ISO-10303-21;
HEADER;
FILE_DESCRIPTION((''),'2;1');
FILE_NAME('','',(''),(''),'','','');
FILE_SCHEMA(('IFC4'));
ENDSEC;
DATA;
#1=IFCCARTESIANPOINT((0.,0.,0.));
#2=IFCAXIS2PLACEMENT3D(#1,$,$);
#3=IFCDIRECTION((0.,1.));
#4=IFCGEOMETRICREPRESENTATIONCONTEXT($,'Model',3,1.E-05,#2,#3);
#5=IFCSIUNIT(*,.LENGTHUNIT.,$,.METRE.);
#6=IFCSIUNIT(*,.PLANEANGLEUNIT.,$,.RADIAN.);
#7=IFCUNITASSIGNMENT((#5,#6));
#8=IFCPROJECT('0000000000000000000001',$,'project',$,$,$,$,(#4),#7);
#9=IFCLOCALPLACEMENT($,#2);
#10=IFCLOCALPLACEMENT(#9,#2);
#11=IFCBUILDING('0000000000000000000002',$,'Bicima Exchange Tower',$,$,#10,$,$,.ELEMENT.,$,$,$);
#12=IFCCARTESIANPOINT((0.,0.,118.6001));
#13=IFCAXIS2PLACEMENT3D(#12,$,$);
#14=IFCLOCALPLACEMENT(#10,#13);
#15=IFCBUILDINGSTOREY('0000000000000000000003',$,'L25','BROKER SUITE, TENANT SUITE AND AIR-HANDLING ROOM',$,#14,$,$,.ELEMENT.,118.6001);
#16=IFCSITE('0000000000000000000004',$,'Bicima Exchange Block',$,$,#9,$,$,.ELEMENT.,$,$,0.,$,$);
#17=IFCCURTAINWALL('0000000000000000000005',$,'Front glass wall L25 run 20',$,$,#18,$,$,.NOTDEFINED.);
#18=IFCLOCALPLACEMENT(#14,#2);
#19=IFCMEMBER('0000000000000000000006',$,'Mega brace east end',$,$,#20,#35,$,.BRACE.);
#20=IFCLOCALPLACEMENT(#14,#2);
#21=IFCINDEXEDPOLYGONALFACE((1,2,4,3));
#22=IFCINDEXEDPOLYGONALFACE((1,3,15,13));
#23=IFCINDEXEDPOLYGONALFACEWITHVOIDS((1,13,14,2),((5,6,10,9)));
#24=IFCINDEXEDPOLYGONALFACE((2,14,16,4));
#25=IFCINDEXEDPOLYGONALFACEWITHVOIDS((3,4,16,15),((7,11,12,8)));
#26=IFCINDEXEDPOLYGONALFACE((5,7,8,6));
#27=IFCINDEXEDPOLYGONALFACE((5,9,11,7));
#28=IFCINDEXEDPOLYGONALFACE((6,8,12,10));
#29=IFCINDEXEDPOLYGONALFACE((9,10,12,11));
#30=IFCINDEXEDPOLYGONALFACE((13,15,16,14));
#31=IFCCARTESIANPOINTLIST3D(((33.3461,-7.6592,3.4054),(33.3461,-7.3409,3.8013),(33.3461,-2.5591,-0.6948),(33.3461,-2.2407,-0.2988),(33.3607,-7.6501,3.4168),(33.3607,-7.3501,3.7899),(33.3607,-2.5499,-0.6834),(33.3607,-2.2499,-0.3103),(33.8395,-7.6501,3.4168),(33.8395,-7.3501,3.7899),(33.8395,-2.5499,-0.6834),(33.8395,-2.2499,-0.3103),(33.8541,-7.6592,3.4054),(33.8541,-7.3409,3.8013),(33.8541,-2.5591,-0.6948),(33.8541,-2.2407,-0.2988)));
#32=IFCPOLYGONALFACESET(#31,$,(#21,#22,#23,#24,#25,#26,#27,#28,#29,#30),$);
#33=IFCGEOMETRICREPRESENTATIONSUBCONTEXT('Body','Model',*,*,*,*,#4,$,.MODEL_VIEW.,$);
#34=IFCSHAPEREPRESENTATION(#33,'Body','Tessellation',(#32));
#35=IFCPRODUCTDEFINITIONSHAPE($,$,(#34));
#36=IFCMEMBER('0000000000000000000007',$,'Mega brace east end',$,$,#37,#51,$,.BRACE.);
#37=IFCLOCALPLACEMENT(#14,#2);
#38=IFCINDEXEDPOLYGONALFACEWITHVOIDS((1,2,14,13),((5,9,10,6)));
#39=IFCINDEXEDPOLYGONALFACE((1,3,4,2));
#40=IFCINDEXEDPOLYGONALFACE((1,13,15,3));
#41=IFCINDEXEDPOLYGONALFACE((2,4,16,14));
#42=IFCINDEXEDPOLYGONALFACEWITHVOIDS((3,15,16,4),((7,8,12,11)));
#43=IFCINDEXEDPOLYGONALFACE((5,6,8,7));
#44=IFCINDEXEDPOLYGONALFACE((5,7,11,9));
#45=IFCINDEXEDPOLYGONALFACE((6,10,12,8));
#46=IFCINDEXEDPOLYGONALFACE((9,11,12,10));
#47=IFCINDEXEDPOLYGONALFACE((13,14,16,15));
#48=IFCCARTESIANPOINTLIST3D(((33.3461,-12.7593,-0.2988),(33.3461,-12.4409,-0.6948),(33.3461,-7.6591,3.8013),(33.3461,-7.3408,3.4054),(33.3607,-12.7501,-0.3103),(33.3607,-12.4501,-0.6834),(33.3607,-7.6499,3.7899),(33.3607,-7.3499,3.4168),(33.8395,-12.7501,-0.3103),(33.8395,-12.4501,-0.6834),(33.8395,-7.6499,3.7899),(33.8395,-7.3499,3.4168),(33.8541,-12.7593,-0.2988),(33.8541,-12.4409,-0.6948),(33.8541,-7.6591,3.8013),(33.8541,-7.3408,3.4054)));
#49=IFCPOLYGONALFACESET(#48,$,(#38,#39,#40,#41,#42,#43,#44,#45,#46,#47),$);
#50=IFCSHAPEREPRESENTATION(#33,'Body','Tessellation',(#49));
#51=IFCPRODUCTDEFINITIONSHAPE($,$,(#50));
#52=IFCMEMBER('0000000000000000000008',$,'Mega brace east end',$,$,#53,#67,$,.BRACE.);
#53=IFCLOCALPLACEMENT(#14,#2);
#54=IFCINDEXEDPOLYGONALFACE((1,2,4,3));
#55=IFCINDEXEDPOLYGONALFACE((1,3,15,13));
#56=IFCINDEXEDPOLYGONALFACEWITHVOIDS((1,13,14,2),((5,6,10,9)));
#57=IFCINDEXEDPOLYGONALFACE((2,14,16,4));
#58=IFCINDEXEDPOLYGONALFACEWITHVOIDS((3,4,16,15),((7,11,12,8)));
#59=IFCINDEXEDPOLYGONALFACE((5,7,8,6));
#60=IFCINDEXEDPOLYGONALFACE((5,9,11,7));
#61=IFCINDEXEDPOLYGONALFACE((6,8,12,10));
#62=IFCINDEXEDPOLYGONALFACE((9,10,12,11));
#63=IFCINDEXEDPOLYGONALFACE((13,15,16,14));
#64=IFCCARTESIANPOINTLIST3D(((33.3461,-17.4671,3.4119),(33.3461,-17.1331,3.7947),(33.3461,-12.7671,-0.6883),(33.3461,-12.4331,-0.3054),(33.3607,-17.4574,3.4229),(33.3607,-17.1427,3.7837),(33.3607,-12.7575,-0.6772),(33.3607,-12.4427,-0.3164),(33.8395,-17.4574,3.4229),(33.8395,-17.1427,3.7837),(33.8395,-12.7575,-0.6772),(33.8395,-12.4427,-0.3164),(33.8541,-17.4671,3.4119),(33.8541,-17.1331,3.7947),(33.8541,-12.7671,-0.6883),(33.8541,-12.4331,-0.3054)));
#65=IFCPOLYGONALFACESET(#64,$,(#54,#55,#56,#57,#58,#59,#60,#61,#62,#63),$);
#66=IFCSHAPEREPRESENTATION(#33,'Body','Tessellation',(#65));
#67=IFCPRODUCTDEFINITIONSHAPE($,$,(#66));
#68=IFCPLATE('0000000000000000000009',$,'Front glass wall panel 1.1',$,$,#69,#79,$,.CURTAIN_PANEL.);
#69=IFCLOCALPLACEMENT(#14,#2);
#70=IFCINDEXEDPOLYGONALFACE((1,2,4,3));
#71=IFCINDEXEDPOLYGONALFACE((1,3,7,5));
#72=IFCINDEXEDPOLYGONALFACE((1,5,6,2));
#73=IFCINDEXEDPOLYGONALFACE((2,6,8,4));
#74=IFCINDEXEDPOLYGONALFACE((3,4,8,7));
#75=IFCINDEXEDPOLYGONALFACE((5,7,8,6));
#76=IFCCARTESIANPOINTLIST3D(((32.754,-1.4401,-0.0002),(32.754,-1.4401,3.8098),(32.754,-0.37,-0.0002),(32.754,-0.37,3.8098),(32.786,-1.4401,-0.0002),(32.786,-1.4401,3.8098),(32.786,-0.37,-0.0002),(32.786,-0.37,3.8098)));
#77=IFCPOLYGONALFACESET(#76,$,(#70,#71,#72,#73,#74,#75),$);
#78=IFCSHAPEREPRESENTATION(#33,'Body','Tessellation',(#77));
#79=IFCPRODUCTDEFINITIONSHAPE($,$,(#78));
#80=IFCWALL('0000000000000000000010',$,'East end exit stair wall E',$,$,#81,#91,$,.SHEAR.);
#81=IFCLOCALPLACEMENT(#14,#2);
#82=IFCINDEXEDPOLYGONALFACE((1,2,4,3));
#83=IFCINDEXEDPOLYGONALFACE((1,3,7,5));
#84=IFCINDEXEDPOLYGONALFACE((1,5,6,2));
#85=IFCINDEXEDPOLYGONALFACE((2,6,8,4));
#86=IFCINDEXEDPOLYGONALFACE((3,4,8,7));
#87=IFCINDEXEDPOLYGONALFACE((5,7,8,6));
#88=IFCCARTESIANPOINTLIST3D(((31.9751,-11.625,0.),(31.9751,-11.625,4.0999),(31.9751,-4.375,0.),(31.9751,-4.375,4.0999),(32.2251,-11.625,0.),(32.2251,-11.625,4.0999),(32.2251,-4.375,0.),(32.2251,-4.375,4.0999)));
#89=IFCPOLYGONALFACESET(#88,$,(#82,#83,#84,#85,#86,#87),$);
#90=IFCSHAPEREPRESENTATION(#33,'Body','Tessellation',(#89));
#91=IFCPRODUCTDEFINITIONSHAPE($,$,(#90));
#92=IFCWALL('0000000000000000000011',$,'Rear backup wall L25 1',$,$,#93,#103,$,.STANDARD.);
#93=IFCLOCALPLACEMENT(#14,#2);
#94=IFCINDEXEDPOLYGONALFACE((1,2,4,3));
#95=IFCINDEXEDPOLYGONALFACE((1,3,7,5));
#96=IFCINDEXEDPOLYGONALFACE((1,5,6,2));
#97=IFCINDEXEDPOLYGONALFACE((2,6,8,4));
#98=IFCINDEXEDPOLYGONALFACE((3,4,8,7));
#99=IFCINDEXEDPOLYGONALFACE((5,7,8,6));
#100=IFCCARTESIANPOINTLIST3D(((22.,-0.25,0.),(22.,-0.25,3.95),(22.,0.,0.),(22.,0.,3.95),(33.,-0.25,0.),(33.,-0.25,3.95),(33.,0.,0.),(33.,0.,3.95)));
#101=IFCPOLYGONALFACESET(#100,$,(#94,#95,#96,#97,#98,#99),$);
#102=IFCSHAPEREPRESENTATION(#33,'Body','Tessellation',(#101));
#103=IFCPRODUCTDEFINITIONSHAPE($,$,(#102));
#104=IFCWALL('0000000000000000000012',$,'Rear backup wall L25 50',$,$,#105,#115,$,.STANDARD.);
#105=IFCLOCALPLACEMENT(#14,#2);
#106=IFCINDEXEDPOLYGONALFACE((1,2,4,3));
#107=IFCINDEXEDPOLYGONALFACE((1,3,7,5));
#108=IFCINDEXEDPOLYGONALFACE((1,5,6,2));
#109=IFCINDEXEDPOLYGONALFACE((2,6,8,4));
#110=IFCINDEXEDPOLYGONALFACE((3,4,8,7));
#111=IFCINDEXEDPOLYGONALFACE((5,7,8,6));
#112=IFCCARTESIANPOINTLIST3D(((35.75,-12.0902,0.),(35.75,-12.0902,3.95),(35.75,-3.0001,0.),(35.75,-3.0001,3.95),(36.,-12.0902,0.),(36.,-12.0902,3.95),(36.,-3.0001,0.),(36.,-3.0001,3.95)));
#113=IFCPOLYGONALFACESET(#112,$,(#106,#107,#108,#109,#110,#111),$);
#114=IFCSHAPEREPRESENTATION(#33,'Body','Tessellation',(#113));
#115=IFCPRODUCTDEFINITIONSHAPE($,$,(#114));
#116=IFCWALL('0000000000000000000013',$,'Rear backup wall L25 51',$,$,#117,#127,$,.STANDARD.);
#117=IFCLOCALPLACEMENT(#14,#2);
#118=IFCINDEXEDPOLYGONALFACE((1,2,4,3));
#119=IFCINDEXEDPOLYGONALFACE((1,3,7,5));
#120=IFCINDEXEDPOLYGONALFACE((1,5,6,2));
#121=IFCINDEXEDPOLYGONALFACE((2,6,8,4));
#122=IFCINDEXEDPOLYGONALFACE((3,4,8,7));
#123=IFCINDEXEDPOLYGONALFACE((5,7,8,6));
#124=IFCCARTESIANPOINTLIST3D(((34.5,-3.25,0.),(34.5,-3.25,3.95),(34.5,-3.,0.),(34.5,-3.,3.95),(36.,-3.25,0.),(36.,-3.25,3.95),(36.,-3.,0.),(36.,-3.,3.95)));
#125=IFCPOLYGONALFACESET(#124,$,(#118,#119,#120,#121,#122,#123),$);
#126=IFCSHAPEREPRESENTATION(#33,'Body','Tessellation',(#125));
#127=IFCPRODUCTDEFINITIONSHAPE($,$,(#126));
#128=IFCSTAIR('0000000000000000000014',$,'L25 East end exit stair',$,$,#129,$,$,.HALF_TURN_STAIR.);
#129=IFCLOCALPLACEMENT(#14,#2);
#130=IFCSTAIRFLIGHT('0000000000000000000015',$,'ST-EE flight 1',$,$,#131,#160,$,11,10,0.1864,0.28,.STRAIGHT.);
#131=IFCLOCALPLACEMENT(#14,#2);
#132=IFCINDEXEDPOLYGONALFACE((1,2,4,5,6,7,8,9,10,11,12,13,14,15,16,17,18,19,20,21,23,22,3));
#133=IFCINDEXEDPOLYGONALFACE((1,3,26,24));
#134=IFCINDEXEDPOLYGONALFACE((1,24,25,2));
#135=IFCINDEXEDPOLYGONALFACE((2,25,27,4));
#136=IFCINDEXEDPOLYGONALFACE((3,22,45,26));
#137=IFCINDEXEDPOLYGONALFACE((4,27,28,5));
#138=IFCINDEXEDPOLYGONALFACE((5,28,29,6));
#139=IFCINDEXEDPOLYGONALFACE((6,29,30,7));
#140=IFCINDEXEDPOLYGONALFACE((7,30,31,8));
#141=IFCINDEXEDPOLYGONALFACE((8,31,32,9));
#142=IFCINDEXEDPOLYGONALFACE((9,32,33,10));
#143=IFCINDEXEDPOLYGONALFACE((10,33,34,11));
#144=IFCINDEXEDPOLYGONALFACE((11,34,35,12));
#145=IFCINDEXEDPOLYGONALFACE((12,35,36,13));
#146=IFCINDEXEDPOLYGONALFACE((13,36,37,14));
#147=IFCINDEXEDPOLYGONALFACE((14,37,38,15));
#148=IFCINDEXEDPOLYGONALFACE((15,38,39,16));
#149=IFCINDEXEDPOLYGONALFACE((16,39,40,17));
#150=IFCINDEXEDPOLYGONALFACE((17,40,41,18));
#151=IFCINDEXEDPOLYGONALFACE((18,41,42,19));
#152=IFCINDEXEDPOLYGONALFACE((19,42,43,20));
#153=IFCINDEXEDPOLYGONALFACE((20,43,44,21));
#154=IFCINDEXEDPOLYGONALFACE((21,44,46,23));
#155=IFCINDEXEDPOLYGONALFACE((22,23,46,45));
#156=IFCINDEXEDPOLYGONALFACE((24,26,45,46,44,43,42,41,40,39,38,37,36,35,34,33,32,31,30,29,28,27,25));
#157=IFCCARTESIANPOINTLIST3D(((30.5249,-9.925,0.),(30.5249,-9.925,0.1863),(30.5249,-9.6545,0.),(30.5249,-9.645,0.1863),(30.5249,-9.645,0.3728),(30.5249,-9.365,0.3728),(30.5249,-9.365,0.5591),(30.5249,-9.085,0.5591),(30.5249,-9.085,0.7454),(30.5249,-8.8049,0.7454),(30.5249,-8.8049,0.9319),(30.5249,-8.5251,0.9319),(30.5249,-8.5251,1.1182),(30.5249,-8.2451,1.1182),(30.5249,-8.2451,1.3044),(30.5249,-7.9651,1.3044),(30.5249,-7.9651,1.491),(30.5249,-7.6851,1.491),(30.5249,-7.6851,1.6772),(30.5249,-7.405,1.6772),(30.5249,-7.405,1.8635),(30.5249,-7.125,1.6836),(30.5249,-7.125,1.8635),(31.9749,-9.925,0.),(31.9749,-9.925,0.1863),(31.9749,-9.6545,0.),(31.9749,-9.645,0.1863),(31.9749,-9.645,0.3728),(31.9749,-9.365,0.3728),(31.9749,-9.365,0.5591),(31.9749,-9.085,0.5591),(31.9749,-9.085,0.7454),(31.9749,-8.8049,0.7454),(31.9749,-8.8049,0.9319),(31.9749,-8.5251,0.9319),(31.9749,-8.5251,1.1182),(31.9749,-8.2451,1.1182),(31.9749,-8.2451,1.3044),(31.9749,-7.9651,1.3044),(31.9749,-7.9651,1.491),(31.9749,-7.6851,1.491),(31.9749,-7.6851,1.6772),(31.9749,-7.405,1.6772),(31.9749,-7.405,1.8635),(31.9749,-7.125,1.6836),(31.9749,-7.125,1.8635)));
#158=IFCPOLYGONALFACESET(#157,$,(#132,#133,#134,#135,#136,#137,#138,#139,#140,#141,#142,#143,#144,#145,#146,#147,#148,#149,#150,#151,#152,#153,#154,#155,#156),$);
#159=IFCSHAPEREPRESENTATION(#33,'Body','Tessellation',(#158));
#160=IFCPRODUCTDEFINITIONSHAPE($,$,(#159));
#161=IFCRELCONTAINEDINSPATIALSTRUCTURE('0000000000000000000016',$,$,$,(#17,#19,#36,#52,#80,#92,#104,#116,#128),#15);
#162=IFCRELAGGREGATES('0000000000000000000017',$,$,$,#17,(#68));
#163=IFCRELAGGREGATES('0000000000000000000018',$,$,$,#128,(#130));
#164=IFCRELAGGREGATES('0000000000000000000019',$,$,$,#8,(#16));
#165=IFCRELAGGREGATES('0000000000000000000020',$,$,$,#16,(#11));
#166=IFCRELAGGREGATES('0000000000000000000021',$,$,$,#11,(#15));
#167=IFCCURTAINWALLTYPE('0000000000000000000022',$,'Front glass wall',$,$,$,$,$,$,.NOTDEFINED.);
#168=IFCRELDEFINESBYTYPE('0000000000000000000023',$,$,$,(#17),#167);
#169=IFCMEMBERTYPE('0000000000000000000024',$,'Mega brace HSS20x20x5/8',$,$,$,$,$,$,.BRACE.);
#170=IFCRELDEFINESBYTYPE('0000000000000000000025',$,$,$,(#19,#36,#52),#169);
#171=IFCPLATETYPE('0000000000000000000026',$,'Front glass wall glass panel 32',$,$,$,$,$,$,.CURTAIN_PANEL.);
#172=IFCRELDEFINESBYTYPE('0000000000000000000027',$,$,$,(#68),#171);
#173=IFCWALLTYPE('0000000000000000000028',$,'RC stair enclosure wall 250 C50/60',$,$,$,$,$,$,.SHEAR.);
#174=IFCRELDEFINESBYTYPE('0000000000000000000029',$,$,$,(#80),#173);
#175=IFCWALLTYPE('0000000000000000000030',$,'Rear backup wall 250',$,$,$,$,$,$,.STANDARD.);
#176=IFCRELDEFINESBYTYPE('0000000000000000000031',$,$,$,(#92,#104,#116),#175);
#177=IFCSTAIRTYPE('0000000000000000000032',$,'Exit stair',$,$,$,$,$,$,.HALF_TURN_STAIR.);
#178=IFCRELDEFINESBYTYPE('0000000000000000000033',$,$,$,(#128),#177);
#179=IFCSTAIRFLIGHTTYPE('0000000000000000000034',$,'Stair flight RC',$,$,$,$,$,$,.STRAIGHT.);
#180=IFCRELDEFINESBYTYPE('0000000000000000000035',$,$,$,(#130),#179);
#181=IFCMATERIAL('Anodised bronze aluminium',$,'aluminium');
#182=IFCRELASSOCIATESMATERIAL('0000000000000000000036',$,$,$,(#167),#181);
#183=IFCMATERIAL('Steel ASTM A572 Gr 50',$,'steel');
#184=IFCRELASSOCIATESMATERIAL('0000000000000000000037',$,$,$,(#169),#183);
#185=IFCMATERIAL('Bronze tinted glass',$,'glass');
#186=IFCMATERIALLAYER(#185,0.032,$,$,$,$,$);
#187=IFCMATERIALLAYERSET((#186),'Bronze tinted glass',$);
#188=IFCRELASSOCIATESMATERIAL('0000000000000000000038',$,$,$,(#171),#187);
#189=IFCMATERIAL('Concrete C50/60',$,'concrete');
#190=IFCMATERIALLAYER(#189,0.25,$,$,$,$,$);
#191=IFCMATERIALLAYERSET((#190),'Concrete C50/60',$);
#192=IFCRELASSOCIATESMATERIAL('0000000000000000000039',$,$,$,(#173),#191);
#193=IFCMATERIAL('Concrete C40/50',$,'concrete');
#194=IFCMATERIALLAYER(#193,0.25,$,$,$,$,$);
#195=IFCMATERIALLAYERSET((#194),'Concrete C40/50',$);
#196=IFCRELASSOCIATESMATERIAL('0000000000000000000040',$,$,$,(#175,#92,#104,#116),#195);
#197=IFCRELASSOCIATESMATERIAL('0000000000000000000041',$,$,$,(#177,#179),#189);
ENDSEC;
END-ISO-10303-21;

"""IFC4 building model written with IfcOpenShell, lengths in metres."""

from ifc_helpers import new_model, si_unit, direction, frame, frame_2d, origin, origin_2d, place, context, subcontext, project, spatial, polyline, rectangle, hollow_rectangle, outline, extrude, material, layer, layer_set, layer_usage, material_profile, profile_set, type_object, element, aggregate, save


model = new_model("IFC4")

# Units and contexts
model_context = context("Model", 3, precision=1e-05, world=origin(), true_north=direction((0.0, 1.0)))
body_context = subcontext(model_context, "Body", "Model", "MODEL_VIEW")
ifc_project = project(units=[si_unit("LENGTHUNIT", "METRE"), si_unit("PLANEANGLEUNIT", "RADIAN")], contexts=[model_context])

# Site, building, storey
site_placement = place(None, origin())
site = spatial("IfcSite", under=ifc_project, at=site_placement, Name="Bicima Exchange Block", CompositionType="ELEMENT", RefElevation=0.0)
building_placement = place(site_placement, origin())
building = spatial("IfcBuilding", under=site, at=building_placement, Name="Bicima Exchange Tower", CompositionType="ELEMENT")
storey_placement = place(building_placement, frame((0.0, 0.0, 118.6001)))
storey = spatial("IfcBuildingStorey", under=building, at=storey_placement, Name="L25", Description="BROKER SUITE, TENANT SUITE AND AIR-HANDLING ROOM", CompositionType="ELEMENT", Elevation=118.6001)

# Shared definitions
ifc_material_1 = material(Name="Steel ASTM A572 Gr 50", Category="steel")

# Shared definitions
ifc_material_2 = material(Name="Anodised bronze aluminium", Category="aluminium")

# Curtain wall
curtain_wall_type_1 = type_object("IfcCurtainWallType", Name="Front glass wall", PredefinedType="NOTDEFINED", material=ifc_material_2)
curtain_wall_1_placement = place(storey_placement, origin())
curtain_wall_1 = element("IfcCurtainWall", 1, at=curtain_wall_1_placement, inside=storey, type_object=curtain_wall_type_1, Name="Front glass wall L25 run 20", PredefinedType="NOTDEFINED")

# Members
ifc_material_profile_1 = material_profile(ifc_material_1, hollow_rectangle(XDim=0.5081, YDim=0.5081, WallThickness=0.0146, at=origin_2d()))
ifc_profile_set_1 = profile_set([ifc_material_profile_1], Name="Steel ASTM A572 Gr 50")
member_type_1 = type_object("IfcMemberType", Name="Mega brace HSS20x20x5/8", PredefinedType="BRACE", material=ifc_profile_set_1)
for number, where, z_axis, x_axis, name in (
    (2, (33.6001, -2.3999, -0.4968), (0.0, -0.779374, 0.626559), (1.0, 0.0, 0.0), "Mega brace east end"),
    (3, (33.6001, -12.6001, -0.4968), (0.0, 0.779374, 0.626559), (-1.0, 0.0, 0.0), "Mega brace east end"),
):
    element("IfcMember", number, at=place(storey_placement, frame(where, z_axis=z_axis, x_axis=x_axis)), inside=storey, type_object=member_type_1, Name=name, PredefinedType="BRACE", context=body_context, shape_type="SweptSolid", body=[
        extrude(hollow_rectangle(XDim=0.5081, YDim=0.5081, WallThickness=0.0146, at=origin_2d()), origin(), (0.0, 0.0, 1.0), 6.5439),
    ])
member_1_placement = place(storey_placement, frame((33.6001, -12.6001, -0.4968), z_axis=(0.0, -0.753558, 0.657382), x_axis=(1.0, 0.0, 0.0)))
element("IfcMember", 4, at=member_1_placement, inside=storey, type_object=member_type_1, Name="Mega brace east end", PredefinedType="BRACE", context=body_context, shape_type="SweptSolid", body=[
    extrude(hollow_rectangle(XDim=0.5081, YDim=0.5081, WallThickness=0.0146, at=origin_2d()), origin(), (0.0, 0.0, 1.0), 6.2371),
])

# Plate
ifc_material_3 = material(Name="Bronze tinted glass", Category="glass")
ifc_layer_1 = layer(ifc_material_3, 0.032)
ifc_layer_set_1 = layer_set([ifc_layer_1], Name="Bronze tinted glass")
plate_type = type_object("IfcPlateType", Name="Front glass wall glass panel 32", PredefinedType="CURTAIN_PANEL", material=ifc_layer_set_1)
plate_placement = place(storey_placement, frame((32.77, -0.905, -0.0002), z_axis=(0.0, 0.0, 1.0), x_axis=(0.0, 1.0, 0.0)))
plate = element("IfcPlate", 5, at=plate_placement, type_object=plate_type, Name="Front glass wall panel 1.1", PredefinedType="CURTAIN_PANEL", context=body_context, shape_type="SweptSolid", body=[
    extrude(rectangle(XDim=1.0701, YDim=0.032, at=origin_2d()), origin(), (0.0, 0.0, 1.0), 3.8101),
])
aggregate(curtain_wall_1, [plate])

# Walls
ifc_material_4 = material(Name="Concrete C50/60", Category="concrete")
ifc_layer_2 = layer(ifc_material_4, 0.25)
ifc_layer_set_2 = layer_set([ifc_layer_2], Name="Concrete C50/60")
wall_type_1 = type_object("IfcWallType", Name="RC stair enclosure wall 250 C50/60", PredefinedType="SHEAR", material=ifc_layer_set_2)
wall_1_placement = place(storey_placement, frame((32.1001, -11.625, 0.0), z_axis=(0.0, 0.0, 1.0), x_axis=(0.0, 1.0, 0.0)))
element("IfcWall", 6, at=wall_1_placement, inside=storey, type_object=wall_type_1, Name="East end exit stair wall E", PredefinedType="SHEAR", context=body_context, shape_type="SweptSolid", body=[
    extrude(rectangle(XDim=7.25, YDim=0.25, at=frame_2d((3.625, 0.0))), origin(), (0.0, 0.0, 1.0), 4.0999),
])
ifc_material_5 = material(Name="Concrete C40/50", Category="concrete")
ifc_layer_3 = layer(ifc_material_5, 0.25)
ifc_layer_set_3 = layer_set([ifc_layer_3], Name="Concrete C40/50")
ifc_layer_usage = layer_usage(ifc_layer_set_3, "AXIS2", "POSITIVE", -0.125)
wall_type_2 = type_object("IfcWallType", Name="Rear backup wall 250", PredefinedType="STANDARD", material=ifc_layer_set_3)
wall_2_placement = place(storey_placement, frame((33.0, -0.125, 0.0), z_axis=(0.0, 0.0, 1.0), x_axis=(-1.0, 0.0, 0.0)))
element("IfcWall", 7, at=wall_2_placement, inside=storey, type_object=wall_type_2, material=ifc_layer_usage, Name="Rear backup wall L25 1", PredefinedType="STANDARD", context=body_context, shape_type="SweptSolid", body=[
    extrude(rectangle(XDim=11.0, YDim=0.25, at=frame_2d((5.5, 0.0))), origin(), (0.0, 0.0, 1.0), 3.95),
])
wall_3_placement = place(storey_placement, frame((35.875, -12.0901, 0.0), z_axis=(0.0, 0.0, 1.0), x_axis=(0.0, 1.0, 0.0)))
element("IfcWall", 8, at=wall_3_placement, inside=storey, type_object=wall_type_2, material=ifc_layer_usage, Name="Rear backup wall L25 50", PredefinedType="STANDARD", context=body_context, shape_type="SweptSolid", body=[
    extrude(rectangle(XDim=9.0901, YDim=0.25, at=frame_2d((4.5449, 0.0))), origin(), (0.0, 0.0, 1.0), 3.95),
])
wall_4_placement = place(storey_placement, frame((36.0, -3.125, 0.0), z_axis=(0.0, 0.0, 1.0), x_axis=(-1.0, 0.0, 0.0)))
element("IfcWall", 9, at=wall_4_placement, inside=storey, type_object=wall_type_2, material=ifc_layer_usage, Name="Rear backup wall L25 51", PredefinedType="STANDARD", context=body_context, shape_type="SweptSolid", body=[
    extrude(rectangle(XDim=1.5, YDim=0.25, at=frame_2d((0.75, 0.0))), origin(), (0.0, 0.0, 1.0), 3.95),
])

# Stair, stair flight
stair_type = type_object("IfcStairType", Name="Exit stair", PredefinedType="HALF_TURN_STAIR", material=ifc_material_4)
stair_placement = place(storey_placement, origin())
stair = element("IfcStair", 10, at=stair_placement, inside=storey, type_object=stair_type, Name="L25 East end exit stair", PredefinedType="HALF_TURN_STAIR")
stair_flight_type = type_object("IfcStairFlightType", Name="Stair flight RC", PredefinedType="STRAIGHT", material=ifc_material_4)
stair_flight_1_placement = place(storey_placement, frame((31.25, -9.925, 0.0), z_axis=(0.0, 0.0, 1.0), x_axis=(0.0, 1.0, 0.0)))
stair_flight_1 = element("IfcStairFlight", 11, at=stair_flight_1_placement, type_object=stair_flight_type, Name="ST-EE flight 1", NumberOfRisers=11, NumberOfTreads=10, PredefinedType="STRAIGHT", RiserHeight=0.1864, TreadLength=0.28, context=body_context, shape_type="SweptSolid", body=[
    extrude(outline(polyline([(0.0, 0.0), (0.0, 0.1863), (0.28, 0.1863), (0.28, 0.3728), (0.5601, 0.3728), (0.5601, 0.5591), (0.8401, 0.5591), (0.8401, 0.7454), (1.1201, 0.7454), (1.1201, 0.9319), (1.3999, 0.9319), (1.3999, 1.1182), (1.6799, 1.1182), (1.6799, 1.3044), (1.96, 1.3044), (1.96, 1.491), (2.24, 1.491), (2.24, 1.6772), (2.52, 1.6772), (2.52, 1.8635), (2.8, 1.8635), (2.8, 2.05), (2.8, 1.6836), (0.2705, 0.0), (0.0, 0.0)])), frame((0.0, 0.7251, 0.0), z_axis=(0.0, -1.0, 0.0), x_axis=(1.0, 0.0, 0.0)), (0.0, 0.0, 1.0), 1.45),
])
aggregate(stair, [stair_flight_1])

save(model, "model.ifc")
